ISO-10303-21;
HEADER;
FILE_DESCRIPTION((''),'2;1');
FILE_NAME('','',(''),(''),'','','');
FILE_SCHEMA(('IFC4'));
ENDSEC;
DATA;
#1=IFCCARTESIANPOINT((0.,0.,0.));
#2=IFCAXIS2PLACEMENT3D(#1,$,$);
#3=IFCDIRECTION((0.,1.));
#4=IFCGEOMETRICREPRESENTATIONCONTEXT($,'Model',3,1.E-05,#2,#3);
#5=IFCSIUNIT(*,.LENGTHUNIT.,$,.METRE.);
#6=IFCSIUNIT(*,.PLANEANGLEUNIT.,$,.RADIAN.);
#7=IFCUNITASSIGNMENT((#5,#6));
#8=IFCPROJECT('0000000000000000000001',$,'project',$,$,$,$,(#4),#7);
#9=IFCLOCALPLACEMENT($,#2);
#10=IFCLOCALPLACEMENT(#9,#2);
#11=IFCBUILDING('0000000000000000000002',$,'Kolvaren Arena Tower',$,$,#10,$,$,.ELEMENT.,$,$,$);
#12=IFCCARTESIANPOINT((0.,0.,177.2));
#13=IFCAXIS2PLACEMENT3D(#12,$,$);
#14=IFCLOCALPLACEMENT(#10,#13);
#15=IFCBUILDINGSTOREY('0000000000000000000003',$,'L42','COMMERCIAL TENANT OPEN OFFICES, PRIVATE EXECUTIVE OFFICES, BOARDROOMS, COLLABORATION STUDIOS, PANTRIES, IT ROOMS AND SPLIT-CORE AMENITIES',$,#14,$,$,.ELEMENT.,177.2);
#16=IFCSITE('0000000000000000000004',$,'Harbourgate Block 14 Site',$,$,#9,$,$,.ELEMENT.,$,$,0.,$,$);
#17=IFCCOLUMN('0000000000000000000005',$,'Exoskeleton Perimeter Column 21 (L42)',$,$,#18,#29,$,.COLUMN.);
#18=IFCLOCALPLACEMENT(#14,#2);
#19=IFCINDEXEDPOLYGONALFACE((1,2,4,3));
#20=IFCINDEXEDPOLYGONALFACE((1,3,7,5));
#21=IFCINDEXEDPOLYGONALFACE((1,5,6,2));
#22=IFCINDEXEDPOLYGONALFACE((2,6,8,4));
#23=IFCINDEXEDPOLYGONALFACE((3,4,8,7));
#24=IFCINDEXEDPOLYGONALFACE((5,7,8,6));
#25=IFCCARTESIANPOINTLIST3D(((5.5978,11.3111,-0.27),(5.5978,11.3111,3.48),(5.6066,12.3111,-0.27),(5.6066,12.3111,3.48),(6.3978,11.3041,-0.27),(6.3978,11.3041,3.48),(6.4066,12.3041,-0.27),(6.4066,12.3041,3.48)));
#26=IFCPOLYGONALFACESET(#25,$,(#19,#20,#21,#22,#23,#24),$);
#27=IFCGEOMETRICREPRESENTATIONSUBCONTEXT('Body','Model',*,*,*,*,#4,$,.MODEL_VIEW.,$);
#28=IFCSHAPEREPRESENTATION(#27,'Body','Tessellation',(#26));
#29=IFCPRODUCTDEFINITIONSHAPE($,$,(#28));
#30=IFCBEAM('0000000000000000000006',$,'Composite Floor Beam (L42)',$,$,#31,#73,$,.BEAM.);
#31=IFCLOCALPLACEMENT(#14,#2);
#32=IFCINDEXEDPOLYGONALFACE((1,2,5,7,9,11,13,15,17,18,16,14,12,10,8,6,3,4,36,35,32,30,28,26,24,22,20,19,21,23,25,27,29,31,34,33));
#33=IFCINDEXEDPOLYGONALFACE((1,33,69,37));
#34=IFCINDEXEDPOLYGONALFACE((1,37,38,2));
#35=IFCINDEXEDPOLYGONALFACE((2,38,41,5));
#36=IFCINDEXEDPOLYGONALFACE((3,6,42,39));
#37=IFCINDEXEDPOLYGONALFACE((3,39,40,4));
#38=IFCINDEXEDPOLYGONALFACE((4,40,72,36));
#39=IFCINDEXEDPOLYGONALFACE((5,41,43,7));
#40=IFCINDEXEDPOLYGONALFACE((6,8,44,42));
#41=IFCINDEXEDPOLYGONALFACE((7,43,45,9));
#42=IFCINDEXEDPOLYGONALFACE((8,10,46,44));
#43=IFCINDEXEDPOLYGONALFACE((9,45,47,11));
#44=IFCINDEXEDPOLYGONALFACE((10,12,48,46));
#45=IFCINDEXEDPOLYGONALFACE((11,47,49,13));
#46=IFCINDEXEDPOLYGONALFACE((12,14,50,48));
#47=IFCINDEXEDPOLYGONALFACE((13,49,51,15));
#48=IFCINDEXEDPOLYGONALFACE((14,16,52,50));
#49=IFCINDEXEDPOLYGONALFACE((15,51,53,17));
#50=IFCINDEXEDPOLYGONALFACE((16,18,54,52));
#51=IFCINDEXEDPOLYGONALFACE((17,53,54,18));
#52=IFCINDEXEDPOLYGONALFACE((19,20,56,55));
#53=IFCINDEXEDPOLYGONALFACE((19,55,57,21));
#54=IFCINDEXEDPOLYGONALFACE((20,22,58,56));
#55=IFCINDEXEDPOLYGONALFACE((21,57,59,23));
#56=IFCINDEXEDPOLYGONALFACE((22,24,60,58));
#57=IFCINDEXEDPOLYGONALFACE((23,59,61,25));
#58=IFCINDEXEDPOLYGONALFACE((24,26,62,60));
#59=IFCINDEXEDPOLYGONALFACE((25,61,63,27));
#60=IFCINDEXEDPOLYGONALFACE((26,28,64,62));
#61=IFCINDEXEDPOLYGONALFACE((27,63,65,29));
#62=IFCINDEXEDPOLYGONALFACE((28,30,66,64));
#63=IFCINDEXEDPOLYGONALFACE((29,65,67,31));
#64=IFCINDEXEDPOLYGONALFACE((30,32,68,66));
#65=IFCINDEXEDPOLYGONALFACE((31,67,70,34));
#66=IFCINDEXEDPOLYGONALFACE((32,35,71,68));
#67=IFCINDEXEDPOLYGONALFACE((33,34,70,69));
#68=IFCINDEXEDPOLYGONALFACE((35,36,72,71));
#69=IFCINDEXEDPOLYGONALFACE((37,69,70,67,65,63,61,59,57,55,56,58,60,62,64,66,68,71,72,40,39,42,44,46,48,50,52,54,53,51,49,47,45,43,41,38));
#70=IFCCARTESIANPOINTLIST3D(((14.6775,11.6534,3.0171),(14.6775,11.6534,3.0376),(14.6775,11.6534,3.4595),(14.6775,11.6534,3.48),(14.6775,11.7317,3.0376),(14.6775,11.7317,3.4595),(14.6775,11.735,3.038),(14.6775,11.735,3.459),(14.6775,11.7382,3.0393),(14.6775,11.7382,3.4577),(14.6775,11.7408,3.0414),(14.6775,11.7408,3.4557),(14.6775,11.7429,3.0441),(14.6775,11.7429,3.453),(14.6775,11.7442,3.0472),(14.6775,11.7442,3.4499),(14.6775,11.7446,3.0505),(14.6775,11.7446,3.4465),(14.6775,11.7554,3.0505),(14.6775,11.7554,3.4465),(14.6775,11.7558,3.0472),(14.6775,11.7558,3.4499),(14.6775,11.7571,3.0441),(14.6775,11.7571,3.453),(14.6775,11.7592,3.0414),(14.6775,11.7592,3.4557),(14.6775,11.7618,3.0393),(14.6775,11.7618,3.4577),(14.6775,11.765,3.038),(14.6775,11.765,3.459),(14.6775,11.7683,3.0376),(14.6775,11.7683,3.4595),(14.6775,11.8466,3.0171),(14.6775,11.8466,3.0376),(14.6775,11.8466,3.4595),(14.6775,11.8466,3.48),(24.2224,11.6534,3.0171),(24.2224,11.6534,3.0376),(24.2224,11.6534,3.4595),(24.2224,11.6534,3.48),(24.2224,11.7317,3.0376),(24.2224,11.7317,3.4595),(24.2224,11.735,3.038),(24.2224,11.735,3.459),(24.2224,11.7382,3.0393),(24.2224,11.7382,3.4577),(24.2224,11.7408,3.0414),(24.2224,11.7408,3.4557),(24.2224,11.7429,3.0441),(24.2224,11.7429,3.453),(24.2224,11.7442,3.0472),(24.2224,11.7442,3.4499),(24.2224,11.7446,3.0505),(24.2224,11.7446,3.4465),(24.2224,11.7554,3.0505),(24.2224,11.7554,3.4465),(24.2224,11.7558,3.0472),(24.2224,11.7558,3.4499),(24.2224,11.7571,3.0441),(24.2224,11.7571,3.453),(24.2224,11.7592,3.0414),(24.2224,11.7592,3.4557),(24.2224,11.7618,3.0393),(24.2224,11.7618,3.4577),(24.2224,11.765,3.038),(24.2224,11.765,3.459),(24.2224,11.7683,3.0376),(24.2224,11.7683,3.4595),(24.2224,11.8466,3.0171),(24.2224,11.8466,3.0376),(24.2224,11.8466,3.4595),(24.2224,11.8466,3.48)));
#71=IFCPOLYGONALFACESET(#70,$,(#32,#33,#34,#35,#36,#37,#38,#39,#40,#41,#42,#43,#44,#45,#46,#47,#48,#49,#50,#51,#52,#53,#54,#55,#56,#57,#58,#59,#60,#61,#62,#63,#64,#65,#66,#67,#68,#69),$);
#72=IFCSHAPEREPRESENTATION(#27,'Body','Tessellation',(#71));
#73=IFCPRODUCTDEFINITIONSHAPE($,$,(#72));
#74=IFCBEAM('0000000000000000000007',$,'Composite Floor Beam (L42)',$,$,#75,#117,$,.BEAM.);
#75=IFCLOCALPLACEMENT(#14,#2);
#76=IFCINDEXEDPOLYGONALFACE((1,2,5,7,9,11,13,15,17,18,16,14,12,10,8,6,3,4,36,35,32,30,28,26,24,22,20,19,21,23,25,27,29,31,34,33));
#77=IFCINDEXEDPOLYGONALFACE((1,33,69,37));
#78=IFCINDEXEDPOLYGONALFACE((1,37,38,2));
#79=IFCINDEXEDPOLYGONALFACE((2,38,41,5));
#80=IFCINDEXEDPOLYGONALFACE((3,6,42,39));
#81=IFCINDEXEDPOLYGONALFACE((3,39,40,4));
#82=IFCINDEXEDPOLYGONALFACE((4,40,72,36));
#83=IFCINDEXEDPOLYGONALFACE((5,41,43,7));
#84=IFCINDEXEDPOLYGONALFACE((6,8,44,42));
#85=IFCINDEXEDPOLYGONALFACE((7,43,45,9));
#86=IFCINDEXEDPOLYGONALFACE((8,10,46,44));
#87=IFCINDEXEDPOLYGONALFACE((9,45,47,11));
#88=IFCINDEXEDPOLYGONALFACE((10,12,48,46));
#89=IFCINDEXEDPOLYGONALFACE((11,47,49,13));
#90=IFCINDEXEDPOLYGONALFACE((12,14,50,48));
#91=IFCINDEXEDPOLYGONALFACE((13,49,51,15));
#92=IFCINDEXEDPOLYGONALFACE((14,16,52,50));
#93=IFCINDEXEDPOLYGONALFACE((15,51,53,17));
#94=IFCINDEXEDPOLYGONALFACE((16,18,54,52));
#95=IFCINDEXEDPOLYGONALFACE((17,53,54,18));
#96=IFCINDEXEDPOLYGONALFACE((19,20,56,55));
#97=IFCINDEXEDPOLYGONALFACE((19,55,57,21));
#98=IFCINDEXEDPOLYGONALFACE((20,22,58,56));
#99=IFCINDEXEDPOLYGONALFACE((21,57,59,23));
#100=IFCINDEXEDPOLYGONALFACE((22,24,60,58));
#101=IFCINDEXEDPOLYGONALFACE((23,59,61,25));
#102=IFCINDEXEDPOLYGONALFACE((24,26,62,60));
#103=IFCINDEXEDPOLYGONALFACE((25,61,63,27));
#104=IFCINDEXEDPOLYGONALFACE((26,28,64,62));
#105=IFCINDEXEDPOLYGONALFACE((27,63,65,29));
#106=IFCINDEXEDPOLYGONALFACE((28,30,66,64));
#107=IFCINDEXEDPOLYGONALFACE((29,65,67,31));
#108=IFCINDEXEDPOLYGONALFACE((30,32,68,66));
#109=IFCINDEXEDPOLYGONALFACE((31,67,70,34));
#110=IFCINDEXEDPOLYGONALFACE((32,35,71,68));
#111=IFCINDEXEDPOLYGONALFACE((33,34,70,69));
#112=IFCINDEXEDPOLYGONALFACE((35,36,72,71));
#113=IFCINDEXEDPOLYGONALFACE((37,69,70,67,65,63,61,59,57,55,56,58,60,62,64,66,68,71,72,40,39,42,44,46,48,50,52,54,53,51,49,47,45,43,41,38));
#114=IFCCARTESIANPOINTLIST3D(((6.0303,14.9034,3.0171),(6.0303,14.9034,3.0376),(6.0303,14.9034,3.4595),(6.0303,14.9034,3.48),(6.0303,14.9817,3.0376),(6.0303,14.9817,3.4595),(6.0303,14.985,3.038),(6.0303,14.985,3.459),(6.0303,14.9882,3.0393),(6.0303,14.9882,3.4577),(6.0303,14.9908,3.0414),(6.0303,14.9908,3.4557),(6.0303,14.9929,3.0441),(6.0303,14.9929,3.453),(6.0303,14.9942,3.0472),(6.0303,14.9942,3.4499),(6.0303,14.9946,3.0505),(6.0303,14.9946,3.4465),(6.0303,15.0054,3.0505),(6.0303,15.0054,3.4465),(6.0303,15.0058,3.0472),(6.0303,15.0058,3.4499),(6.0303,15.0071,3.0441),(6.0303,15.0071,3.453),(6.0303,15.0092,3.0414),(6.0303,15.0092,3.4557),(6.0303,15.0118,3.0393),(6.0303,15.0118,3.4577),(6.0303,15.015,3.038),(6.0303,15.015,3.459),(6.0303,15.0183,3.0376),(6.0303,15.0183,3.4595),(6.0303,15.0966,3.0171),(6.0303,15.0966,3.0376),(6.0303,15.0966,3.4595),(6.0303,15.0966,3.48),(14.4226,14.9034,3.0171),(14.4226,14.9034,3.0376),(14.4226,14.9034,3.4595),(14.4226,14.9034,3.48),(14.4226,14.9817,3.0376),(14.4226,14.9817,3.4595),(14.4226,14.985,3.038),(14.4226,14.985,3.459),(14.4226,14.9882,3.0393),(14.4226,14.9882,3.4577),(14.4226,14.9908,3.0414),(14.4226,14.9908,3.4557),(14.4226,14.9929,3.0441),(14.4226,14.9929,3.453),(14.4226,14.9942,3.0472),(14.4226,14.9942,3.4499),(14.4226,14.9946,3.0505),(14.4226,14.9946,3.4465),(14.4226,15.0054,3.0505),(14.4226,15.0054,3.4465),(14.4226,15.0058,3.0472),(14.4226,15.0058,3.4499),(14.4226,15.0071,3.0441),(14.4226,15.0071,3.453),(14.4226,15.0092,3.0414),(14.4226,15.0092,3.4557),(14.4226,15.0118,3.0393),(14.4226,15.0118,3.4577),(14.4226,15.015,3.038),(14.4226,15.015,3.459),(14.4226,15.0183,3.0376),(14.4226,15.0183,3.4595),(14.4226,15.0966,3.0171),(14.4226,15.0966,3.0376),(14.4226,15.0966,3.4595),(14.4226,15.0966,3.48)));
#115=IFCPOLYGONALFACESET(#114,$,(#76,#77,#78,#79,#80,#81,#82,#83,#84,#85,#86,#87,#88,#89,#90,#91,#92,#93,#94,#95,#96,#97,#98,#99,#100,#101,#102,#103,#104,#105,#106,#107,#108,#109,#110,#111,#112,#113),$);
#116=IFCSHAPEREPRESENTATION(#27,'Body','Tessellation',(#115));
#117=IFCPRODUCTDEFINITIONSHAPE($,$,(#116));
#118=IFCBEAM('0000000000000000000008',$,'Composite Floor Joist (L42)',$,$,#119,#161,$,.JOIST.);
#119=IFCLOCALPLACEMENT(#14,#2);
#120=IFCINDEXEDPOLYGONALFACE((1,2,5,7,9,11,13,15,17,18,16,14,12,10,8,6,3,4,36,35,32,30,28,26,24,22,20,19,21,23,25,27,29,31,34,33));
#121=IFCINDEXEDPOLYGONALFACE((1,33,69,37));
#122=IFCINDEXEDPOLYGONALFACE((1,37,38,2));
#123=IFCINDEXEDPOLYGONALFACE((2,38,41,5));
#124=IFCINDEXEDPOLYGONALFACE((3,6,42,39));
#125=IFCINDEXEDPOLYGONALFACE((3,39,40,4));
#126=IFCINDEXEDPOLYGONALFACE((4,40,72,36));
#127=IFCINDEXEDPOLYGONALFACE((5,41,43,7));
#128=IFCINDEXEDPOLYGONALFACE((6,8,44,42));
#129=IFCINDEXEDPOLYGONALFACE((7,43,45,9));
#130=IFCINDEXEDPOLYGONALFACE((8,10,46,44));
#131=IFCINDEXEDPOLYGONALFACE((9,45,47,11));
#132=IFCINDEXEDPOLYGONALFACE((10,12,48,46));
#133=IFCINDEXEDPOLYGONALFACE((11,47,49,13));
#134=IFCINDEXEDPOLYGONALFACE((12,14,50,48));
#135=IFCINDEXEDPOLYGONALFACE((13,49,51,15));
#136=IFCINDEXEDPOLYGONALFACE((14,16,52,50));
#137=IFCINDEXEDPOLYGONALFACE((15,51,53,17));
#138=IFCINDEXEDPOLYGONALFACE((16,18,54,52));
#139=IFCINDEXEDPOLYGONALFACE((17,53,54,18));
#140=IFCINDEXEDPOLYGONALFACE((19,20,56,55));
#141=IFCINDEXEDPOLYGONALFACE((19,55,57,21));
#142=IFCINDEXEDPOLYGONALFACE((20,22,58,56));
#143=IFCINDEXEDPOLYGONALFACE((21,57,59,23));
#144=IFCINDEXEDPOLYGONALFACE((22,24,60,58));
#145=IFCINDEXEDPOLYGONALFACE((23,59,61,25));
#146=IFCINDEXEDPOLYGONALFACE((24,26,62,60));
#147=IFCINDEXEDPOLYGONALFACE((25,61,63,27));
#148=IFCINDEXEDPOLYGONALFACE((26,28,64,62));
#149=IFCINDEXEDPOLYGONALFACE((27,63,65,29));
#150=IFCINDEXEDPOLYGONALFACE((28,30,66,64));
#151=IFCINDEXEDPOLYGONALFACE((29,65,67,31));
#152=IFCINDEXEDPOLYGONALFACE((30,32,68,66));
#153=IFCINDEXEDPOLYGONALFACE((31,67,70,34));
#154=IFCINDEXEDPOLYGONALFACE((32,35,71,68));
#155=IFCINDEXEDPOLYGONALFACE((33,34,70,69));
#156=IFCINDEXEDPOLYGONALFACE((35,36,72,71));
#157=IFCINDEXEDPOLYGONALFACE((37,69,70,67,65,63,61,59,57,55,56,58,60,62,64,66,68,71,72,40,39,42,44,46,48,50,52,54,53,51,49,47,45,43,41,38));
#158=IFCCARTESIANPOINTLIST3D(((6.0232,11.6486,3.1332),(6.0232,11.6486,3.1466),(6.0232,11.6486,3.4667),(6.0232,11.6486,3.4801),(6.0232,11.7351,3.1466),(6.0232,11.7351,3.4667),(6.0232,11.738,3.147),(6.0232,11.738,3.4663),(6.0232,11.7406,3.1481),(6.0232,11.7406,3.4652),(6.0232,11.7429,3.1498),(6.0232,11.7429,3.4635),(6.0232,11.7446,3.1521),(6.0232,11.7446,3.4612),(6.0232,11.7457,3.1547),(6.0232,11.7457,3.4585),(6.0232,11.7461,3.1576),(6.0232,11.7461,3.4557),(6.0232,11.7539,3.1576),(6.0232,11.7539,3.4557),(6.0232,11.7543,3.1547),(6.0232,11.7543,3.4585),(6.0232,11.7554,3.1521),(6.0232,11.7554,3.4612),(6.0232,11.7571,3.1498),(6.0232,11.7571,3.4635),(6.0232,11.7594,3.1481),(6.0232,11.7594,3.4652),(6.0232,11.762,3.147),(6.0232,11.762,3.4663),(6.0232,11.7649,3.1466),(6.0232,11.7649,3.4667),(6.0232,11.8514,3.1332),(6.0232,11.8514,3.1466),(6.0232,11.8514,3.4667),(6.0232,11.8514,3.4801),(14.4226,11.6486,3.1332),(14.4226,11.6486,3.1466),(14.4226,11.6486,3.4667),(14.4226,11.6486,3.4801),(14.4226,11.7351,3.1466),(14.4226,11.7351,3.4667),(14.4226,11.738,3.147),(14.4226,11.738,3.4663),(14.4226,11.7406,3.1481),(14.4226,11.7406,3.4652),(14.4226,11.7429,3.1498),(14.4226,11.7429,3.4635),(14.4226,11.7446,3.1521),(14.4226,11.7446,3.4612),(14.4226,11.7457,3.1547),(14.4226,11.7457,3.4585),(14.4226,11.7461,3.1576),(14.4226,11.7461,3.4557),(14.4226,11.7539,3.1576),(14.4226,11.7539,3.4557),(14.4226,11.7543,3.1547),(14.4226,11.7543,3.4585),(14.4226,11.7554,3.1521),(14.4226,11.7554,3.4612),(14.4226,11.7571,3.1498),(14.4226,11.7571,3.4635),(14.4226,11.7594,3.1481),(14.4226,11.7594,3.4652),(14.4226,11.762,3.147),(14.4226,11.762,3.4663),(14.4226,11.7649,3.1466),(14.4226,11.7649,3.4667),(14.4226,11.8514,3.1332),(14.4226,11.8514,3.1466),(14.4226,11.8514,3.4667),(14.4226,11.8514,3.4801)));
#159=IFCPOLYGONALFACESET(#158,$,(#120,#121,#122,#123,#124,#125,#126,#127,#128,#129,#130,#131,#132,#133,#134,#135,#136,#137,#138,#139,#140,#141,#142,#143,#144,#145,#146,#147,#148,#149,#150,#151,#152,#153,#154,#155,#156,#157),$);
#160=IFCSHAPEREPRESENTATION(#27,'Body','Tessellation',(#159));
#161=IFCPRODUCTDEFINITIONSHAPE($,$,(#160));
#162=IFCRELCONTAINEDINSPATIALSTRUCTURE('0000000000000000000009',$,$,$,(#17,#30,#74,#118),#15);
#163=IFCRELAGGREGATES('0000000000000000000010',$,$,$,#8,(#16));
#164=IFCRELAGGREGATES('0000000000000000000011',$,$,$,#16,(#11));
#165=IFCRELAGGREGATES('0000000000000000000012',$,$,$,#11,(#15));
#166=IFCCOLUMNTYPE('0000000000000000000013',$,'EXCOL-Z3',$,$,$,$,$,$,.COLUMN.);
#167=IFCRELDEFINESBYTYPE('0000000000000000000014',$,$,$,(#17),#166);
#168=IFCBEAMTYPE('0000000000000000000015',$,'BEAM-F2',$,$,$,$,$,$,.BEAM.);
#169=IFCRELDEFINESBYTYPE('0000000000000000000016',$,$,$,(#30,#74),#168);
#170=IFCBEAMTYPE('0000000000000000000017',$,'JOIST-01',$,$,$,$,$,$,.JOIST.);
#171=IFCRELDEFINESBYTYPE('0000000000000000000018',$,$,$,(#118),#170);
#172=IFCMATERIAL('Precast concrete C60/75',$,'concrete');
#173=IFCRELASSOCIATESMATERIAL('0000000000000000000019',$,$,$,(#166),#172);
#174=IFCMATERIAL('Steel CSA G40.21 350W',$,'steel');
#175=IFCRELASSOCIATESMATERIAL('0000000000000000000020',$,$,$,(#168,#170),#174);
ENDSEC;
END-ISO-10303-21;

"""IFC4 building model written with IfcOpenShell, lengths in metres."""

from ifc_helpers import new_model, si_unit, direction, frame, origin, origin_2d, place, context, subcontext, project, spatial, rectangle, i_section, extrude, material, material_profile, profile_set, type_object, element, save


model = new_model("IFC4")

# Units and contexts
model_context = context("Model", 3, precision=1e-05, world=origin(), true_north=direction((0.0, 1.0)))
body_context = subcontext(model_context, "Body", "Model", "MODEL_VIEW")
ifc_project = project(units=[si_unit("LENGTHUNIT", "METRE"), si_unit("PLANEANGLEUNIT", "RADIAN")], contexts=[model_context])

# Site, building, storey
site_placement = place(None, origin())
site = spatial("IfcSite", under=ifc_project, at=site_placement, Name="Harbourgate Block 14 Site", CompositionType="ELEMENT", RefElevation=0.0)
building_placement = place(site_placement, origin())
building = spatial("IfcBuilding", under=site, at=building_placement, Name="Kolvaren Arena Tower", CompositionType="ELEMENT")
storey_placement = place(building_placement, frame((0.0, 0.0, 177.2)))
storey = spatial("IfcBuildingStorey", under=building, at=storey_placement, Name="L42", Description="COMMERCIAL TENANT OPEN OFFICES, PRIVATE EXECUTIVE OFFICES, BOARDROOMS, COLLABORATION STUDIOS, PANTRIES, IT ROOMS AND SPLIT-CORE AMENITIES", CompositionType="ELEMENT", Elevation=177.2)

# Column
ifc_material_1 = material(Name="Precast concrete C60/75", Category="concrete")
ifc_material_profile_1 = material_profile(ifc_material_1, rectangle(XDim=1.0, YDim=0.8, at=origin_2d()), Name="RC-1000x800")
ifc_profile_set_1 = profile_set([ifc_material_profile_1], Name="Precast concrete C60/75")
column_type = type_object("IfcColumnType", Name="EXCOL-Z3", PredefinedType="COLUMN", material=ifc_profile_set_1)
column_placement = place(storey_placement, frame((6.0022, 11.8076, -0.27), z_axis=(0.0, 0.0, 1.0), x_axis=(0.008727, 0.999962, 0.0)))
element("IfcColumn", 1, at=column_placement, inside=storey, type_object=column_type, Name="Exoskeleton Perimeter Column 21 (L42)", PredefinedType="COLUMN", context=body_context, shape_type="SweptSolid", body=[
    extrude(rectangle(XDim=1.0, YDim=0.8, at=origin_2d()), origin(), (0.0, 0.0, 1.0), 3.75),
])

# Beams
ifc_material_2 = material(Name="Steel CSA G40.21 350W", Category="steel")
ifc_material_profile_2 = material_profile(ifc_material_2, i_section(OverallWidth=0.1931, OverallDepth=0.4629, WebThickness=0.0107, FlangeThickness=0.0205, FilletRadius=0.0129, at=origin_2d()), Name="W460x113")
ifc_profile_set_2 = profile_set([ifc_material_profile_2], Name="Steel CSA G40.21 350W")
beam_type_1 = type_object("IfcBeamType", Name="BEAM-F2", PredefinedType="BEAM", material=ifc_profile_set_2)
beam_1_placement = place(storey_placement, frame((14.6775, 11.75, 3.2485), z_axis=(1.0, 0.0, 0.0), x_axis=(0.0, 1.0, 0.0)))
element("IfcBeam", 2, at=beam_1_placement, inside=storey, type_object=beam_type_1, Name="Composite Floor Beam (L42)", PredefinedType="BEAM", context=body_context, shape_type="SweptSolid", body=[
    extrude(i_section(OverallWidth=0.1931, OverallDepth=0.4629, WebThickness=0.0107, FlangeThickness=0.0205, FilletRadius=0.0129, at=origin_2d()), origin(), (0.0, 0.0, 1.0), 9.5449),
])
beam_2_placement = place(storey_placement, frame((6.0303, 15.0, 3.2485), z_axis=(1.0, 0.0, 0.0), x_axis=(0.0, 1.0, 0.0)))
element("IfcBeam", 3, at=beam_2_placement, inside=storey, type_object=beam_type_1, Name="Composite Floor Beam (L42)", PredefinedType="BEAM", context=body_context, shape_type="SweptSolid", body=[
    extrude(i_section(OverallWidth=0.1931, OverallDepth=0.4629, WebThickness=0.0107, FlangeThickness=0.0205, FilletRadius=0.0129, at=origin_2d()), origin(), (0.0, 0.0, 1.0), 8.3923),
])
ifc_material_profile_3 = material_profile(ifc_material_2, i_section(OverallWidth=0.2029, OverallDepth=0.3469, WebThickness=0.0078, FlangeThickness=0.0134, FilletRadius=0.011, at=origin_2d()), Name="W360x64")
ifc_profile_set_3 = profile_set([ifc_material_profile_3], Name="Steel CSA G40.21 350W")
beam_type_2 = type_object("IfcBeamType", Name="JOIST-01", PredefinedType="JOIST", material=ifc_profile_set_3)
beam_3_placement = place(storey_placement, frame((6.0232, 11.75, 3.3066), z_axis=(1.0, 0.0, 0.0), x_axis=(0.0, 1.0, 0.0)))
element("IfcBeam", 4, at=beam_3_placement, inside=storey, type_object=beam_type_2, Name="Composite Floor Joist (L42)", PredefinedType="JOIST", context=body_context, shape_type="SweptSolid", body=[
    extrude(i_section(OverallWidth=0.2029, OverallDepth=0.3469, WebThickness=0.0078, FlangeThickness=0.0134, FilletRadius=0.011, at=origin_2d()), origin(), (0.0, 0.0, 1.0), 8.3994),
])

save(model, "model.ifc")
